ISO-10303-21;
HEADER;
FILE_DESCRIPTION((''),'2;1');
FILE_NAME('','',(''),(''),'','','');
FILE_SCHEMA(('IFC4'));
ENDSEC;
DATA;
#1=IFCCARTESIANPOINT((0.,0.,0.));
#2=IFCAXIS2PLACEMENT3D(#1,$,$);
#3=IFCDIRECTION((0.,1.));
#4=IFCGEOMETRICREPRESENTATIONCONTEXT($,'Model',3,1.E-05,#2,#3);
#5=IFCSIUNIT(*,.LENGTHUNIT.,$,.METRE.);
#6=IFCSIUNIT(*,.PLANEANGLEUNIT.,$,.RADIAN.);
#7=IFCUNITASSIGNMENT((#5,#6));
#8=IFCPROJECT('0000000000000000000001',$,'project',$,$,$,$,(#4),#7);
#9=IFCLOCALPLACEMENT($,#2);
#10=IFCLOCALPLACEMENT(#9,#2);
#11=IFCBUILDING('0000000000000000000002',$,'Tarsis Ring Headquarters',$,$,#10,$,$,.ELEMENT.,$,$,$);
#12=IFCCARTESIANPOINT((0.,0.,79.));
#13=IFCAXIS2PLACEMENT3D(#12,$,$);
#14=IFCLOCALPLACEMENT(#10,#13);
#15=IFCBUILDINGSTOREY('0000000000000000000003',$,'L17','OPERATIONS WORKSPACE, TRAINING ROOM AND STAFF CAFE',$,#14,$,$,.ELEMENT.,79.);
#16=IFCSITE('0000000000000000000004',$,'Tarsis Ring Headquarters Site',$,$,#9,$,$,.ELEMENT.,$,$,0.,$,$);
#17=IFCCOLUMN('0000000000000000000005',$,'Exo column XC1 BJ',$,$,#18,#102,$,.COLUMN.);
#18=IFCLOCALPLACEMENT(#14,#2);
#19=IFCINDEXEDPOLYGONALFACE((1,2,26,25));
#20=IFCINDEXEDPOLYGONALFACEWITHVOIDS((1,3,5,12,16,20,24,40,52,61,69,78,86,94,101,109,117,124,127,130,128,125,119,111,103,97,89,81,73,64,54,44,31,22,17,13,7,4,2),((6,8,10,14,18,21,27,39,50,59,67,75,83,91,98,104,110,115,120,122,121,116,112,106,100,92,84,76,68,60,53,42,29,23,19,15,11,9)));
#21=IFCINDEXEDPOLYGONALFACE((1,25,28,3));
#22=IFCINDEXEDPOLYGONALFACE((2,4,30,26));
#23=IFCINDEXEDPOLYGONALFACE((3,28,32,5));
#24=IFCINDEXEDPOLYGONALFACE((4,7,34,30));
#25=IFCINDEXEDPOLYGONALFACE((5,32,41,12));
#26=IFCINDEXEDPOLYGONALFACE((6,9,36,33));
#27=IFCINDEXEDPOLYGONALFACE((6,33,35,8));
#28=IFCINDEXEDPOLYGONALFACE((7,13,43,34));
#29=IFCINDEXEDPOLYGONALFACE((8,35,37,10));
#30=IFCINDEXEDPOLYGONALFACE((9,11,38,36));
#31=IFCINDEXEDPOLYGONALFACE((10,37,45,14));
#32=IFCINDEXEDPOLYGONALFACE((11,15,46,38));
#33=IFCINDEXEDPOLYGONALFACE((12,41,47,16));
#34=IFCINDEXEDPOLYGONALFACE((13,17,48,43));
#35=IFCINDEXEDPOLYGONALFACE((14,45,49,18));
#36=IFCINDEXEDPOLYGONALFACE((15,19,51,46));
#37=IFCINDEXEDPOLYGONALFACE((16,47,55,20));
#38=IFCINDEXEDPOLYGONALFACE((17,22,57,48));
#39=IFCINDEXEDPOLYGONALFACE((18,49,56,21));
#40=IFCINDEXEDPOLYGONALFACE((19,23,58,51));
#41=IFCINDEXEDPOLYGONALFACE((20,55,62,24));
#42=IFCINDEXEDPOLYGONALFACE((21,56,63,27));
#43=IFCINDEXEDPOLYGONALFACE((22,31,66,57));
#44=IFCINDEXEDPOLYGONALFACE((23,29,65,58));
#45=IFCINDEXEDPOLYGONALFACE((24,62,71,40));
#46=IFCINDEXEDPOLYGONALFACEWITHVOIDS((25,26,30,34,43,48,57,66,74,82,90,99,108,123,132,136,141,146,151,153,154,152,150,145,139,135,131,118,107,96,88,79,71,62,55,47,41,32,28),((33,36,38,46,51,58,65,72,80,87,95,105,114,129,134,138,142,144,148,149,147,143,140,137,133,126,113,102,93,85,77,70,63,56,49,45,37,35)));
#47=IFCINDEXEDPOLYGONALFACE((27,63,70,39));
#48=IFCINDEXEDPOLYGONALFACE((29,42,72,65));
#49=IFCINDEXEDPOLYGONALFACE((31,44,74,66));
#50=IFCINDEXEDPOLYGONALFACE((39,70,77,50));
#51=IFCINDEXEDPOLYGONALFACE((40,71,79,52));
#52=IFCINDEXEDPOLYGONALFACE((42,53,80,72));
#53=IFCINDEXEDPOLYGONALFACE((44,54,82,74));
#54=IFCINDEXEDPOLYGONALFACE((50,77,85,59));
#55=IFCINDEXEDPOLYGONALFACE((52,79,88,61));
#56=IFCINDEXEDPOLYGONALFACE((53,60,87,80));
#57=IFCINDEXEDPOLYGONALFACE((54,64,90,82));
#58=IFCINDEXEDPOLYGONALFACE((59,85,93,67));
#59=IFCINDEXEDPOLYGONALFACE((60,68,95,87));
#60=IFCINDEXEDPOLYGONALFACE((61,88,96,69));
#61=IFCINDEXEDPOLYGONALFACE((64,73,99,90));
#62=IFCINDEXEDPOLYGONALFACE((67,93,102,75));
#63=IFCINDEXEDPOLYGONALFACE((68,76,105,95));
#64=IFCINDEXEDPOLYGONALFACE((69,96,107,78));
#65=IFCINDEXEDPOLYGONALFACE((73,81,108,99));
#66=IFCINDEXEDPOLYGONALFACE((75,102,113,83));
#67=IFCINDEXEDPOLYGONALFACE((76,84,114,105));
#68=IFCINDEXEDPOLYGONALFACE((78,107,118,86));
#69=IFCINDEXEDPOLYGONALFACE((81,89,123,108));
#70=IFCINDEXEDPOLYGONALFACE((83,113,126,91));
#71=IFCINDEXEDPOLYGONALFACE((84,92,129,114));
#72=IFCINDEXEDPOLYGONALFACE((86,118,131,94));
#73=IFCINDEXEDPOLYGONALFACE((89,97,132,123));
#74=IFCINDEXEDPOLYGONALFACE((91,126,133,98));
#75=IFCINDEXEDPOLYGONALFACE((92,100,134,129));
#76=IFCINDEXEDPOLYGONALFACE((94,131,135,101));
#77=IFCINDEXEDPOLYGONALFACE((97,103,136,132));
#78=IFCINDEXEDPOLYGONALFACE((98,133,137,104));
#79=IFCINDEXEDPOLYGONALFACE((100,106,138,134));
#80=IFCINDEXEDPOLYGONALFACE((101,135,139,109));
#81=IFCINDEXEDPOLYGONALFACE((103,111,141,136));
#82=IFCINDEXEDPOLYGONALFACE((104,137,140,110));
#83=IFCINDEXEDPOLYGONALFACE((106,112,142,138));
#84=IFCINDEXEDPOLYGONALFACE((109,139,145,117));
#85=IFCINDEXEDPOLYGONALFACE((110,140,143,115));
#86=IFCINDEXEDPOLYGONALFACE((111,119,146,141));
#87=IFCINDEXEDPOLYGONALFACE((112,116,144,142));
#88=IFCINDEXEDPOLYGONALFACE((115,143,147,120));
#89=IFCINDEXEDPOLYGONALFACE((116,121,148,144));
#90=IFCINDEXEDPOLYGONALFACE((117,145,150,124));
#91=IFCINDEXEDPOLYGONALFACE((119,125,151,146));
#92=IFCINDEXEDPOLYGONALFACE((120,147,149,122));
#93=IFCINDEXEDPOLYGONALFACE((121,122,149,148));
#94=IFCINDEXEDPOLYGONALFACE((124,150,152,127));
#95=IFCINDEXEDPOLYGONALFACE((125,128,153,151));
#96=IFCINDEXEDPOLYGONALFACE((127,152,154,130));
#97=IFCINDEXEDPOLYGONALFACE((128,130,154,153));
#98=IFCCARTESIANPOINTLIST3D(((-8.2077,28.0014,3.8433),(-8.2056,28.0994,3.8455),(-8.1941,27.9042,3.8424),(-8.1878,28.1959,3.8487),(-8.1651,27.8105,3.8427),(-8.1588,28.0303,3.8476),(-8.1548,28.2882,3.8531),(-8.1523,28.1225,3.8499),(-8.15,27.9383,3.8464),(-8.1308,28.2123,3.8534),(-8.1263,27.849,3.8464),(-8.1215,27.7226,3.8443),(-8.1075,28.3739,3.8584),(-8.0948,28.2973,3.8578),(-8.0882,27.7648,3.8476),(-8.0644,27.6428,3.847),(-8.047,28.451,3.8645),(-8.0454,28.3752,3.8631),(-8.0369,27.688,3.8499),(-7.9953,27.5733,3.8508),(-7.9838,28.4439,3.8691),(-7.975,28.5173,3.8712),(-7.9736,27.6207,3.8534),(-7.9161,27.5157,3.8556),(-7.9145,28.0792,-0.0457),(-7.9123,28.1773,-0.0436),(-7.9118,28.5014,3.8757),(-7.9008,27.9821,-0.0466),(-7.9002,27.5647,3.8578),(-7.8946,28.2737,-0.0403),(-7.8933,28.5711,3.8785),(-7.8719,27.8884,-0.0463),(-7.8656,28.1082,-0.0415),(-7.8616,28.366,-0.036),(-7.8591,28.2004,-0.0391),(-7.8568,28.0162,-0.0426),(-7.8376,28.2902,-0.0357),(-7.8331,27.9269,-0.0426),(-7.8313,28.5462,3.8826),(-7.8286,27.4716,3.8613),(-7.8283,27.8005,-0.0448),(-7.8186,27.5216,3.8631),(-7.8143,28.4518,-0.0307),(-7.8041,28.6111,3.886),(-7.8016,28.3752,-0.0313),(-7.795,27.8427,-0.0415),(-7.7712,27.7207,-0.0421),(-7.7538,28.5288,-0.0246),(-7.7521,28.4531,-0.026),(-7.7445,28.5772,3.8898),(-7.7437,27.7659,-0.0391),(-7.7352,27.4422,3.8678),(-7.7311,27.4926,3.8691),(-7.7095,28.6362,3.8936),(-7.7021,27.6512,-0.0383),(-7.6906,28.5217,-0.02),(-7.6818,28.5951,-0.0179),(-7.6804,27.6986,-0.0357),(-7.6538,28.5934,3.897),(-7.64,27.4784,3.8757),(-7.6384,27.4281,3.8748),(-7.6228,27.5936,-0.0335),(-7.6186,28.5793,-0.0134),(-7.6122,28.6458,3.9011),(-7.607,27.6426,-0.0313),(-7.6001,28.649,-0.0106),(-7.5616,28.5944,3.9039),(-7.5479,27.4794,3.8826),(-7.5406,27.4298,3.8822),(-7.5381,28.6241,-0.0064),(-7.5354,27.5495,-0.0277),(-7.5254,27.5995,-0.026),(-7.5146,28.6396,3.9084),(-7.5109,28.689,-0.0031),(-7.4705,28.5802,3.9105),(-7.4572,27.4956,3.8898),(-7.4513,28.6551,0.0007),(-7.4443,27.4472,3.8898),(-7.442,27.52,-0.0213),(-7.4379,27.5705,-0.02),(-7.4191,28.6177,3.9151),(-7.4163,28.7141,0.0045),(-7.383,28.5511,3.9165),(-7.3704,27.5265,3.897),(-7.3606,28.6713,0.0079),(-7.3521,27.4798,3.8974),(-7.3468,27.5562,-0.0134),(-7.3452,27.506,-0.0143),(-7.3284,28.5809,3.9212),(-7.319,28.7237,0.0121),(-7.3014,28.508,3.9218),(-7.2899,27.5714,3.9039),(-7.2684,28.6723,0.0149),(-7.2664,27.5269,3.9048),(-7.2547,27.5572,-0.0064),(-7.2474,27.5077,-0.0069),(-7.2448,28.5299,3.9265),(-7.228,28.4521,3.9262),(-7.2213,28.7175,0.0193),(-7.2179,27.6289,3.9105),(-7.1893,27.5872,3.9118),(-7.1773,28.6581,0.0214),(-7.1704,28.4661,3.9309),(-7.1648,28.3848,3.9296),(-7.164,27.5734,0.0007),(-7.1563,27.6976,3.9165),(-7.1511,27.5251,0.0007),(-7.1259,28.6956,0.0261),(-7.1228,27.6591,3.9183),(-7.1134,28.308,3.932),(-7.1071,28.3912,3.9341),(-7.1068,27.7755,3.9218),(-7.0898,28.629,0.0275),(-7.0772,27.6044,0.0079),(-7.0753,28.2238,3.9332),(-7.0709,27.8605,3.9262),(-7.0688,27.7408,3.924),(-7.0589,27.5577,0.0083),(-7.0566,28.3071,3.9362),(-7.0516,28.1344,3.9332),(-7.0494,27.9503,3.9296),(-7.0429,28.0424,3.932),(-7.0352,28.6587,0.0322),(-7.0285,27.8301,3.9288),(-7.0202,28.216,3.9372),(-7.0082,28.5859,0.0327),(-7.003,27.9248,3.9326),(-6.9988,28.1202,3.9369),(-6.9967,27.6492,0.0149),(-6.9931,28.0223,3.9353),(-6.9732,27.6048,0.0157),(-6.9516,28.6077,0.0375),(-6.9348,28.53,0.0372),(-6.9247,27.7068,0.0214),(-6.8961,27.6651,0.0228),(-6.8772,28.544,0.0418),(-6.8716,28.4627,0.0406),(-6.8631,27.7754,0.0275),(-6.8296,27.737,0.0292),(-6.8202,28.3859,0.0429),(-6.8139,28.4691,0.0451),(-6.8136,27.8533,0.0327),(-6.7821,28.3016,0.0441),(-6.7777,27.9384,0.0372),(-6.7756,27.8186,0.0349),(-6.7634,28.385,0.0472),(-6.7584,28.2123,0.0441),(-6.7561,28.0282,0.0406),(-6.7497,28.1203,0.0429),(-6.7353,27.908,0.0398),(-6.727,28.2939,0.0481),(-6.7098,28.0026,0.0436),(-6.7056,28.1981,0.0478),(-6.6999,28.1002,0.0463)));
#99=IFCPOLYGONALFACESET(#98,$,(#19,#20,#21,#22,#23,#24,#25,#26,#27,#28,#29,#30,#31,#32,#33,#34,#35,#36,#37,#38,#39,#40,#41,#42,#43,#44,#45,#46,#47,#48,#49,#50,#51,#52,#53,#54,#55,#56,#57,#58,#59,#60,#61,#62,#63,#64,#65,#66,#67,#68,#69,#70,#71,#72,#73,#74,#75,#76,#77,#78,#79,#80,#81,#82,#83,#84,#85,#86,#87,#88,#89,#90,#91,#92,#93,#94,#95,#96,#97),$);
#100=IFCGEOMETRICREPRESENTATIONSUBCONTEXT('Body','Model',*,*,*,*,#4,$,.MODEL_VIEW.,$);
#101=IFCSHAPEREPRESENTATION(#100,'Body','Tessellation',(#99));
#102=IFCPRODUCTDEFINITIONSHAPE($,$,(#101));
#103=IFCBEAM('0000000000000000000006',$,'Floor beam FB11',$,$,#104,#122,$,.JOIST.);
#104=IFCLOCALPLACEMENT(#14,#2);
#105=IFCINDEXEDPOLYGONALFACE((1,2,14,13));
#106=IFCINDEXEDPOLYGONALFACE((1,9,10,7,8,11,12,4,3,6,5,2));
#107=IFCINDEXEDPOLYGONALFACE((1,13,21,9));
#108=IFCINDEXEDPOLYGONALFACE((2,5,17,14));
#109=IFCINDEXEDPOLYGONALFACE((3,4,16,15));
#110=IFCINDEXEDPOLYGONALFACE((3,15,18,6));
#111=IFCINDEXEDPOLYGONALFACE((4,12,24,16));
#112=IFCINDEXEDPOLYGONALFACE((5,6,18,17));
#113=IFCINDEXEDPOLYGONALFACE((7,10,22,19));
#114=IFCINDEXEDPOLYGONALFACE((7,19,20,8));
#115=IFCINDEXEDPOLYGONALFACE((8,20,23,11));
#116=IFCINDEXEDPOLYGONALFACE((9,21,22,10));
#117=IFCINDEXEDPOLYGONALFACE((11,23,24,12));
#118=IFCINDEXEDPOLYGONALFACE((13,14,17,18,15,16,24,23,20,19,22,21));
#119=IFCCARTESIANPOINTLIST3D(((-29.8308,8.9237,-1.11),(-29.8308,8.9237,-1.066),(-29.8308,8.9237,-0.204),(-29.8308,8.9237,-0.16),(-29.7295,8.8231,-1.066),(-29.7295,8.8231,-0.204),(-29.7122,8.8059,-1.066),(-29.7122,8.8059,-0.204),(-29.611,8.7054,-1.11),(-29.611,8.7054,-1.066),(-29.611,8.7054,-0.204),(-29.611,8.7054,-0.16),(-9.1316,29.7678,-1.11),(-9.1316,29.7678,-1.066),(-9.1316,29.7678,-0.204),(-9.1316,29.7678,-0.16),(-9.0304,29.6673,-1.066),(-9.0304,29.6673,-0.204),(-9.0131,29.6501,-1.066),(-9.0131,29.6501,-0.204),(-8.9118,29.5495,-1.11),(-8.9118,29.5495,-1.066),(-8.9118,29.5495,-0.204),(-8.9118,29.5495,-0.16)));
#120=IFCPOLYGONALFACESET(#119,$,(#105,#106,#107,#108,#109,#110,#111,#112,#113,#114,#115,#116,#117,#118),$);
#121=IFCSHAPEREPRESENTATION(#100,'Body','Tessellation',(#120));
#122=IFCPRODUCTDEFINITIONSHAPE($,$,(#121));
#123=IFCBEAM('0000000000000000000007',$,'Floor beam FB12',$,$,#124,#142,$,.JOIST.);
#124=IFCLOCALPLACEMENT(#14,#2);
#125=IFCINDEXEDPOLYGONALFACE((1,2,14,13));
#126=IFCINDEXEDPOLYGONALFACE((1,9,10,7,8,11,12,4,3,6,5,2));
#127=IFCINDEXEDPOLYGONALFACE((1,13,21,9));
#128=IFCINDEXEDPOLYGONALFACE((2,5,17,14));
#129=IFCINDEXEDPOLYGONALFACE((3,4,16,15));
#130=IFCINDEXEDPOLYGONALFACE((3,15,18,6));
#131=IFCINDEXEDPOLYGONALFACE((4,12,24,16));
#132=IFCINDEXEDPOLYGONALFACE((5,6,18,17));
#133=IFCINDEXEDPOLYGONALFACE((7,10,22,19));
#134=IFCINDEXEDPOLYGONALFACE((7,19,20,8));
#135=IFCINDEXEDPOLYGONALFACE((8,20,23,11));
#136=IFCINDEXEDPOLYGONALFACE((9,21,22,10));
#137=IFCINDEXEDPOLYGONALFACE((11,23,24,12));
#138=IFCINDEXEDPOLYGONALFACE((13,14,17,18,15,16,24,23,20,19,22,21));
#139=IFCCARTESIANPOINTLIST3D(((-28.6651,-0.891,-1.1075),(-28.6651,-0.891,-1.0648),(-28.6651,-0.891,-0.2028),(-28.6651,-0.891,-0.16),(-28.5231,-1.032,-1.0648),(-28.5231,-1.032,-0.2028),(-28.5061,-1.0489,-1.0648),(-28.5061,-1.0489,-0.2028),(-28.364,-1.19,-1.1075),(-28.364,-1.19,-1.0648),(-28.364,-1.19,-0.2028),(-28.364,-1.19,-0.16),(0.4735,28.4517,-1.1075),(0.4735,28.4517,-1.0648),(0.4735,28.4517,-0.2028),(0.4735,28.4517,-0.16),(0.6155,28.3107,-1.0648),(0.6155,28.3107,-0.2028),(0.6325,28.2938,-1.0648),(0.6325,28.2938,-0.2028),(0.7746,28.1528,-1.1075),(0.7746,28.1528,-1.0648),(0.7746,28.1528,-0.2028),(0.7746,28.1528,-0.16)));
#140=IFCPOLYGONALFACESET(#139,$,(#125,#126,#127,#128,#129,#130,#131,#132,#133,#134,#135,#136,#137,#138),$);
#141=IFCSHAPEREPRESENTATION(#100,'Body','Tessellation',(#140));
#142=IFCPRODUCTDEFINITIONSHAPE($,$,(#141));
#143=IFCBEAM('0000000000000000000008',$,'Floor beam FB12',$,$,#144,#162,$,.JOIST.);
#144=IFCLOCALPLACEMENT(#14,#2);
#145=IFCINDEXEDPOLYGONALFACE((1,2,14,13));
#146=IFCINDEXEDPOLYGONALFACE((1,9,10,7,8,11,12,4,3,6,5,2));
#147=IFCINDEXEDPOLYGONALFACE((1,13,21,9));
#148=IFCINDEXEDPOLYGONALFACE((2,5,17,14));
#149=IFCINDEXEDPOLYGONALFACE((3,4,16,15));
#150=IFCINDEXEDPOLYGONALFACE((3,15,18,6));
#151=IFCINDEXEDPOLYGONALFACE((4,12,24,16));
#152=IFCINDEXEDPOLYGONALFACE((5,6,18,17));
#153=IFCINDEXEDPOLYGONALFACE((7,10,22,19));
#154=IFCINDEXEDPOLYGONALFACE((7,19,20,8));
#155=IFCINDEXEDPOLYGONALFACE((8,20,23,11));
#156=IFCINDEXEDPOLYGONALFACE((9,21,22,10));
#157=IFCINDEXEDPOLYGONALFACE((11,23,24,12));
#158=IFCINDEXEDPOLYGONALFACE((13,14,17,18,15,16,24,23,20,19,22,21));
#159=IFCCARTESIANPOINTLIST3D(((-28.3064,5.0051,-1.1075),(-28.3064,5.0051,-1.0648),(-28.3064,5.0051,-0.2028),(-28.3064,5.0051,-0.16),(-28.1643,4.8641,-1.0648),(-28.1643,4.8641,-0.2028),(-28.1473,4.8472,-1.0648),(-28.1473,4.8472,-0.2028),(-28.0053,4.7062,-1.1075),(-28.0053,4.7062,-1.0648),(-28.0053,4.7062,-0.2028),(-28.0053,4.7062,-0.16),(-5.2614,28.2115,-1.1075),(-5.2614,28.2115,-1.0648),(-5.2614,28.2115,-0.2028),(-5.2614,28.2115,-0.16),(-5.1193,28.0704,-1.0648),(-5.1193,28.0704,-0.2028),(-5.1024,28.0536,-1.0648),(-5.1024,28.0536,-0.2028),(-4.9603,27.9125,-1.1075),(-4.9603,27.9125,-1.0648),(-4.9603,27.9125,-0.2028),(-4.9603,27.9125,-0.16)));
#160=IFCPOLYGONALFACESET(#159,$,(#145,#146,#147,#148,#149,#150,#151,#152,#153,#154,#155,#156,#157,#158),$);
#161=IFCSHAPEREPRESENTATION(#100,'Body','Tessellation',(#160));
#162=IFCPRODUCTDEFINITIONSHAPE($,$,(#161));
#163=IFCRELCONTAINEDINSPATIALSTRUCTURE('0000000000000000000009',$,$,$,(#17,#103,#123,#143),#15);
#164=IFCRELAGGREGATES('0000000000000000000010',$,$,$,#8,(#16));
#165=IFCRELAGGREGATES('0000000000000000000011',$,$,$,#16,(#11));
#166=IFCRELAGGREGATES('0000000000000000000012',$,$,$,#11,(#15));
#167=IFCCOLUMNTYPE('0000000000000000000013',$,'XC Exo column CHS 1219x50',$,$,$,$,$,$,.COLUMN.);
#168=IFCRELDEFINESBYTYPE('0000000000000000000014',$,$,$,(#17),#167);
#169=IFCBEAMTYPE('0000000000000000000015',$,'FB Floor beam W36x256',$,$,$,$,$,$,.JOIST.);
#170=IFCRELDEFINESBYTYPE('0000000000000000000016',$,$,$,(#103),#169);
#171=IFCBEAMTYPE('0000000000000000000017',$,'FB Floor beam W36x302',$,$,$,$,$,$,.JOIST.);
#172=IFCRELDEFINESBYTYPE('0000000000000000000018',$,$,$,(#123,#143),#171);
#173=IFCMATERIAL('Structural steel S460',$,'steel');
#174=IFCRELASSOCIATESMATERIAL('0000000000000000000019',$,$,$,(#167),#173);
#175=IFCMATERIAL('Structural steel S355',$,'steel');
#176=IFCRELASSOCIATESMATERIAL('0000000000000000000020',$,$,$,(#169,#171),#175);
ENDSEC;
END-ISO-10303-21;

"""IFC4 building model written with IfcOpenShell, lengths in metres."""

from ifc_helpers import new_model, si_unit, direction, frame, origin, origin_2d, place, context, subcontext, project, spatial, hollow_circle, i_section, extrude, material, material_profile, profile_set, type_object, element, save


model = new_model("IFC4")

# Units and contexts
model_context = context("Model", 3, precision=1e-05, world=origin(), true_north=direction((0.0, 1.0)))
body_context = subcontext(model_context, "Body", "Model", "MODEL_VIEW")
ifc_project = project(units=[si_unit("LENGTHUNIT", "METRE"), si_unit("PLANEANGLEUNIT", "RADIAN")], contexts=[model_context])

# Site, building, storey
site_placement = place(None, origin())
site = spatial("IfcSite", under=ifc_project, at=site_placement, Name="Tarsis Ring Headquarters Site", CompositionType="ELEMENT", RefElevation=0.0)
building_placement = place(site_placement, origin())
building = spatial("IfcBuilding", under=site, at=building_placement, Name="Tarsis Ring Headquarters", CompositionType="ELEMENT")
storey_placement = place(building_placement, frame((0.0, 0.0, 79.0)))
storey = spatial("IfcBuildingStorey", under=building, at=storey_placement, Name="L17", Description="OPERATIONS WORKSPACE, TRAINING ROOM AND STAFF CAFE", CompositionType="ELEMENT", Elevation=79.0)

# Column
ifc_material_1 = material(Name="Structural steel S460", Category="steel")
ifc_material_profile_1 = material_profile(ifc_material_1, hollow_circle(Radius=0.6096, WallThickness=0.05, at=origin_2d()), Name="CHS 1219x50")
ifc_profile_set_1 = profile_set([ifc_material_profile_1], Name="Structural steel S460")
column_type = type_object("IfcColumnType", Name="XC Exo column CHS 1219x50", PredefinedType="COLUMN", material=ifc_profile_set_1)
column_placement = place(storey_placement, frame((-7.3076, 28.1143, 0.0007), z_axis=(-0.075164, -0.019964, 0.996971), x_axis=(0.256711, -0.966488, 0.0)))
element("IfcColumn", 1, at=column_placement, inside=storey, type_object=column_type, Name="Exo column XC1 BJ", PredefinedType="COLUMN", context=body_context, shape_type="SweptSolid", body=[
    extrude(hollow_circle(Radius=0.6096, WallThickness=0.05, at=origin_2d()), origin(), (0.0, 0.0, 1.0), 3.9009),
])

# Beams
ifc_material_2 = material(Name="Structural steel S355", Category="steel")
ifc_material_profile_2 = material_profile(ifc_material_2, i_section(OverallWidth=0.3098, OverallDepth=0.95, WebThickness=0.0244, FlangeThickness=0.0439, at=origin_2d()), Name="W36x256")
ifc_profile_set_2 = profile_set([ifc_material_profile_2], Name="Structural steel S355")
beam_type_1 = type_object("IfcBeamType", Name="FB Floor beam W36x256", PredefinedType="JOIST", material=ifc_profile_set_2)
beam_1_placement = place(storey_placement, frame((-9.0217, 29.6587, -0.635), z_axis=(-0.704634, -0.709571, 0.0), x_axis=(0.709571, -0.704634, 0.0)))
element("IfcBeam", 2, at=beam_1_placement, inside=storey, type_object=beam_type_1, Name="Floor beam FB11", PredefinedType="JOIST", context=body_context, shape_type="SweptSolid", body=[
    extrude(i_section(OverallWidth=0.3098, OverallDepth=0.95, WebThickness=0.0244, FlangeThickness=0.0439, at=origin_2d()), origin(), (0.0, 0.0, 1.0), 29.3757),
])
ifc_material_profile_3 = material_profile(ifc_material_2, i_section(OverallWidth=0.4243, OverallDepth=0.9475, WebThickness=0.0239, FlangeThickness=0.0427, at=origin_2d()), Name="W36x302")
ifc_profile_set_3 = profile_set([ifc_material_profile_3], Name="Structural steel S355")
beam_type_2 = type_object("IfcBeamType", Name="FB Floor beam W36x302", PredefinedType="JOIST", material=ifc_profile_set_3)
beam_2_placement = place(storey_placement, frame((0.624, 28.3022, -0.6338), z_axis=(-0.704635, -0.70957, 0.0), x_axis=(0.70957, -0.704635, 0.0)))
element("IfcBeam", 3, at=beam_2_placement, inside=storey, type_object=beam_type_2, Name="Floor beam FB12", PredefinedType="JOIST", context=body_context, shape_type="SweptSolid", body=[
    extrude(i_section(OverallWidth=0.4243, OverallDepth=0.9475, WebThickness=0.0239, FlangeThickness=0.0427, at=origin_2d()), origin(), (0.0, 0.0, 1.0), 41.3528),
])
beam_3_placement = place(storey_placement, frame((-5.1108, 28.062, -0.6338), z_axis=(-0.704635, -0.70957, 0.0), x_axis=(0.70957, -0.704635, 0.0)))
element("IfcBeam", 4, at=beam_3_placement, inside=storey, type_object=beam_type_2, Name="Floor beam FB12", PredefinedType="JOIST", context=body_context, shape_type="SweptSolid", body=[
    extrude(i_section(OverallWidth=0.4243, OverallDepth=0.9475, WebThickness=0.0239, FlangeThickness=0.0427, at=origin_2d()), origin(), (0.0, 0.0, 1.0), 32.7048),
])

save(model, "model.ifc")
